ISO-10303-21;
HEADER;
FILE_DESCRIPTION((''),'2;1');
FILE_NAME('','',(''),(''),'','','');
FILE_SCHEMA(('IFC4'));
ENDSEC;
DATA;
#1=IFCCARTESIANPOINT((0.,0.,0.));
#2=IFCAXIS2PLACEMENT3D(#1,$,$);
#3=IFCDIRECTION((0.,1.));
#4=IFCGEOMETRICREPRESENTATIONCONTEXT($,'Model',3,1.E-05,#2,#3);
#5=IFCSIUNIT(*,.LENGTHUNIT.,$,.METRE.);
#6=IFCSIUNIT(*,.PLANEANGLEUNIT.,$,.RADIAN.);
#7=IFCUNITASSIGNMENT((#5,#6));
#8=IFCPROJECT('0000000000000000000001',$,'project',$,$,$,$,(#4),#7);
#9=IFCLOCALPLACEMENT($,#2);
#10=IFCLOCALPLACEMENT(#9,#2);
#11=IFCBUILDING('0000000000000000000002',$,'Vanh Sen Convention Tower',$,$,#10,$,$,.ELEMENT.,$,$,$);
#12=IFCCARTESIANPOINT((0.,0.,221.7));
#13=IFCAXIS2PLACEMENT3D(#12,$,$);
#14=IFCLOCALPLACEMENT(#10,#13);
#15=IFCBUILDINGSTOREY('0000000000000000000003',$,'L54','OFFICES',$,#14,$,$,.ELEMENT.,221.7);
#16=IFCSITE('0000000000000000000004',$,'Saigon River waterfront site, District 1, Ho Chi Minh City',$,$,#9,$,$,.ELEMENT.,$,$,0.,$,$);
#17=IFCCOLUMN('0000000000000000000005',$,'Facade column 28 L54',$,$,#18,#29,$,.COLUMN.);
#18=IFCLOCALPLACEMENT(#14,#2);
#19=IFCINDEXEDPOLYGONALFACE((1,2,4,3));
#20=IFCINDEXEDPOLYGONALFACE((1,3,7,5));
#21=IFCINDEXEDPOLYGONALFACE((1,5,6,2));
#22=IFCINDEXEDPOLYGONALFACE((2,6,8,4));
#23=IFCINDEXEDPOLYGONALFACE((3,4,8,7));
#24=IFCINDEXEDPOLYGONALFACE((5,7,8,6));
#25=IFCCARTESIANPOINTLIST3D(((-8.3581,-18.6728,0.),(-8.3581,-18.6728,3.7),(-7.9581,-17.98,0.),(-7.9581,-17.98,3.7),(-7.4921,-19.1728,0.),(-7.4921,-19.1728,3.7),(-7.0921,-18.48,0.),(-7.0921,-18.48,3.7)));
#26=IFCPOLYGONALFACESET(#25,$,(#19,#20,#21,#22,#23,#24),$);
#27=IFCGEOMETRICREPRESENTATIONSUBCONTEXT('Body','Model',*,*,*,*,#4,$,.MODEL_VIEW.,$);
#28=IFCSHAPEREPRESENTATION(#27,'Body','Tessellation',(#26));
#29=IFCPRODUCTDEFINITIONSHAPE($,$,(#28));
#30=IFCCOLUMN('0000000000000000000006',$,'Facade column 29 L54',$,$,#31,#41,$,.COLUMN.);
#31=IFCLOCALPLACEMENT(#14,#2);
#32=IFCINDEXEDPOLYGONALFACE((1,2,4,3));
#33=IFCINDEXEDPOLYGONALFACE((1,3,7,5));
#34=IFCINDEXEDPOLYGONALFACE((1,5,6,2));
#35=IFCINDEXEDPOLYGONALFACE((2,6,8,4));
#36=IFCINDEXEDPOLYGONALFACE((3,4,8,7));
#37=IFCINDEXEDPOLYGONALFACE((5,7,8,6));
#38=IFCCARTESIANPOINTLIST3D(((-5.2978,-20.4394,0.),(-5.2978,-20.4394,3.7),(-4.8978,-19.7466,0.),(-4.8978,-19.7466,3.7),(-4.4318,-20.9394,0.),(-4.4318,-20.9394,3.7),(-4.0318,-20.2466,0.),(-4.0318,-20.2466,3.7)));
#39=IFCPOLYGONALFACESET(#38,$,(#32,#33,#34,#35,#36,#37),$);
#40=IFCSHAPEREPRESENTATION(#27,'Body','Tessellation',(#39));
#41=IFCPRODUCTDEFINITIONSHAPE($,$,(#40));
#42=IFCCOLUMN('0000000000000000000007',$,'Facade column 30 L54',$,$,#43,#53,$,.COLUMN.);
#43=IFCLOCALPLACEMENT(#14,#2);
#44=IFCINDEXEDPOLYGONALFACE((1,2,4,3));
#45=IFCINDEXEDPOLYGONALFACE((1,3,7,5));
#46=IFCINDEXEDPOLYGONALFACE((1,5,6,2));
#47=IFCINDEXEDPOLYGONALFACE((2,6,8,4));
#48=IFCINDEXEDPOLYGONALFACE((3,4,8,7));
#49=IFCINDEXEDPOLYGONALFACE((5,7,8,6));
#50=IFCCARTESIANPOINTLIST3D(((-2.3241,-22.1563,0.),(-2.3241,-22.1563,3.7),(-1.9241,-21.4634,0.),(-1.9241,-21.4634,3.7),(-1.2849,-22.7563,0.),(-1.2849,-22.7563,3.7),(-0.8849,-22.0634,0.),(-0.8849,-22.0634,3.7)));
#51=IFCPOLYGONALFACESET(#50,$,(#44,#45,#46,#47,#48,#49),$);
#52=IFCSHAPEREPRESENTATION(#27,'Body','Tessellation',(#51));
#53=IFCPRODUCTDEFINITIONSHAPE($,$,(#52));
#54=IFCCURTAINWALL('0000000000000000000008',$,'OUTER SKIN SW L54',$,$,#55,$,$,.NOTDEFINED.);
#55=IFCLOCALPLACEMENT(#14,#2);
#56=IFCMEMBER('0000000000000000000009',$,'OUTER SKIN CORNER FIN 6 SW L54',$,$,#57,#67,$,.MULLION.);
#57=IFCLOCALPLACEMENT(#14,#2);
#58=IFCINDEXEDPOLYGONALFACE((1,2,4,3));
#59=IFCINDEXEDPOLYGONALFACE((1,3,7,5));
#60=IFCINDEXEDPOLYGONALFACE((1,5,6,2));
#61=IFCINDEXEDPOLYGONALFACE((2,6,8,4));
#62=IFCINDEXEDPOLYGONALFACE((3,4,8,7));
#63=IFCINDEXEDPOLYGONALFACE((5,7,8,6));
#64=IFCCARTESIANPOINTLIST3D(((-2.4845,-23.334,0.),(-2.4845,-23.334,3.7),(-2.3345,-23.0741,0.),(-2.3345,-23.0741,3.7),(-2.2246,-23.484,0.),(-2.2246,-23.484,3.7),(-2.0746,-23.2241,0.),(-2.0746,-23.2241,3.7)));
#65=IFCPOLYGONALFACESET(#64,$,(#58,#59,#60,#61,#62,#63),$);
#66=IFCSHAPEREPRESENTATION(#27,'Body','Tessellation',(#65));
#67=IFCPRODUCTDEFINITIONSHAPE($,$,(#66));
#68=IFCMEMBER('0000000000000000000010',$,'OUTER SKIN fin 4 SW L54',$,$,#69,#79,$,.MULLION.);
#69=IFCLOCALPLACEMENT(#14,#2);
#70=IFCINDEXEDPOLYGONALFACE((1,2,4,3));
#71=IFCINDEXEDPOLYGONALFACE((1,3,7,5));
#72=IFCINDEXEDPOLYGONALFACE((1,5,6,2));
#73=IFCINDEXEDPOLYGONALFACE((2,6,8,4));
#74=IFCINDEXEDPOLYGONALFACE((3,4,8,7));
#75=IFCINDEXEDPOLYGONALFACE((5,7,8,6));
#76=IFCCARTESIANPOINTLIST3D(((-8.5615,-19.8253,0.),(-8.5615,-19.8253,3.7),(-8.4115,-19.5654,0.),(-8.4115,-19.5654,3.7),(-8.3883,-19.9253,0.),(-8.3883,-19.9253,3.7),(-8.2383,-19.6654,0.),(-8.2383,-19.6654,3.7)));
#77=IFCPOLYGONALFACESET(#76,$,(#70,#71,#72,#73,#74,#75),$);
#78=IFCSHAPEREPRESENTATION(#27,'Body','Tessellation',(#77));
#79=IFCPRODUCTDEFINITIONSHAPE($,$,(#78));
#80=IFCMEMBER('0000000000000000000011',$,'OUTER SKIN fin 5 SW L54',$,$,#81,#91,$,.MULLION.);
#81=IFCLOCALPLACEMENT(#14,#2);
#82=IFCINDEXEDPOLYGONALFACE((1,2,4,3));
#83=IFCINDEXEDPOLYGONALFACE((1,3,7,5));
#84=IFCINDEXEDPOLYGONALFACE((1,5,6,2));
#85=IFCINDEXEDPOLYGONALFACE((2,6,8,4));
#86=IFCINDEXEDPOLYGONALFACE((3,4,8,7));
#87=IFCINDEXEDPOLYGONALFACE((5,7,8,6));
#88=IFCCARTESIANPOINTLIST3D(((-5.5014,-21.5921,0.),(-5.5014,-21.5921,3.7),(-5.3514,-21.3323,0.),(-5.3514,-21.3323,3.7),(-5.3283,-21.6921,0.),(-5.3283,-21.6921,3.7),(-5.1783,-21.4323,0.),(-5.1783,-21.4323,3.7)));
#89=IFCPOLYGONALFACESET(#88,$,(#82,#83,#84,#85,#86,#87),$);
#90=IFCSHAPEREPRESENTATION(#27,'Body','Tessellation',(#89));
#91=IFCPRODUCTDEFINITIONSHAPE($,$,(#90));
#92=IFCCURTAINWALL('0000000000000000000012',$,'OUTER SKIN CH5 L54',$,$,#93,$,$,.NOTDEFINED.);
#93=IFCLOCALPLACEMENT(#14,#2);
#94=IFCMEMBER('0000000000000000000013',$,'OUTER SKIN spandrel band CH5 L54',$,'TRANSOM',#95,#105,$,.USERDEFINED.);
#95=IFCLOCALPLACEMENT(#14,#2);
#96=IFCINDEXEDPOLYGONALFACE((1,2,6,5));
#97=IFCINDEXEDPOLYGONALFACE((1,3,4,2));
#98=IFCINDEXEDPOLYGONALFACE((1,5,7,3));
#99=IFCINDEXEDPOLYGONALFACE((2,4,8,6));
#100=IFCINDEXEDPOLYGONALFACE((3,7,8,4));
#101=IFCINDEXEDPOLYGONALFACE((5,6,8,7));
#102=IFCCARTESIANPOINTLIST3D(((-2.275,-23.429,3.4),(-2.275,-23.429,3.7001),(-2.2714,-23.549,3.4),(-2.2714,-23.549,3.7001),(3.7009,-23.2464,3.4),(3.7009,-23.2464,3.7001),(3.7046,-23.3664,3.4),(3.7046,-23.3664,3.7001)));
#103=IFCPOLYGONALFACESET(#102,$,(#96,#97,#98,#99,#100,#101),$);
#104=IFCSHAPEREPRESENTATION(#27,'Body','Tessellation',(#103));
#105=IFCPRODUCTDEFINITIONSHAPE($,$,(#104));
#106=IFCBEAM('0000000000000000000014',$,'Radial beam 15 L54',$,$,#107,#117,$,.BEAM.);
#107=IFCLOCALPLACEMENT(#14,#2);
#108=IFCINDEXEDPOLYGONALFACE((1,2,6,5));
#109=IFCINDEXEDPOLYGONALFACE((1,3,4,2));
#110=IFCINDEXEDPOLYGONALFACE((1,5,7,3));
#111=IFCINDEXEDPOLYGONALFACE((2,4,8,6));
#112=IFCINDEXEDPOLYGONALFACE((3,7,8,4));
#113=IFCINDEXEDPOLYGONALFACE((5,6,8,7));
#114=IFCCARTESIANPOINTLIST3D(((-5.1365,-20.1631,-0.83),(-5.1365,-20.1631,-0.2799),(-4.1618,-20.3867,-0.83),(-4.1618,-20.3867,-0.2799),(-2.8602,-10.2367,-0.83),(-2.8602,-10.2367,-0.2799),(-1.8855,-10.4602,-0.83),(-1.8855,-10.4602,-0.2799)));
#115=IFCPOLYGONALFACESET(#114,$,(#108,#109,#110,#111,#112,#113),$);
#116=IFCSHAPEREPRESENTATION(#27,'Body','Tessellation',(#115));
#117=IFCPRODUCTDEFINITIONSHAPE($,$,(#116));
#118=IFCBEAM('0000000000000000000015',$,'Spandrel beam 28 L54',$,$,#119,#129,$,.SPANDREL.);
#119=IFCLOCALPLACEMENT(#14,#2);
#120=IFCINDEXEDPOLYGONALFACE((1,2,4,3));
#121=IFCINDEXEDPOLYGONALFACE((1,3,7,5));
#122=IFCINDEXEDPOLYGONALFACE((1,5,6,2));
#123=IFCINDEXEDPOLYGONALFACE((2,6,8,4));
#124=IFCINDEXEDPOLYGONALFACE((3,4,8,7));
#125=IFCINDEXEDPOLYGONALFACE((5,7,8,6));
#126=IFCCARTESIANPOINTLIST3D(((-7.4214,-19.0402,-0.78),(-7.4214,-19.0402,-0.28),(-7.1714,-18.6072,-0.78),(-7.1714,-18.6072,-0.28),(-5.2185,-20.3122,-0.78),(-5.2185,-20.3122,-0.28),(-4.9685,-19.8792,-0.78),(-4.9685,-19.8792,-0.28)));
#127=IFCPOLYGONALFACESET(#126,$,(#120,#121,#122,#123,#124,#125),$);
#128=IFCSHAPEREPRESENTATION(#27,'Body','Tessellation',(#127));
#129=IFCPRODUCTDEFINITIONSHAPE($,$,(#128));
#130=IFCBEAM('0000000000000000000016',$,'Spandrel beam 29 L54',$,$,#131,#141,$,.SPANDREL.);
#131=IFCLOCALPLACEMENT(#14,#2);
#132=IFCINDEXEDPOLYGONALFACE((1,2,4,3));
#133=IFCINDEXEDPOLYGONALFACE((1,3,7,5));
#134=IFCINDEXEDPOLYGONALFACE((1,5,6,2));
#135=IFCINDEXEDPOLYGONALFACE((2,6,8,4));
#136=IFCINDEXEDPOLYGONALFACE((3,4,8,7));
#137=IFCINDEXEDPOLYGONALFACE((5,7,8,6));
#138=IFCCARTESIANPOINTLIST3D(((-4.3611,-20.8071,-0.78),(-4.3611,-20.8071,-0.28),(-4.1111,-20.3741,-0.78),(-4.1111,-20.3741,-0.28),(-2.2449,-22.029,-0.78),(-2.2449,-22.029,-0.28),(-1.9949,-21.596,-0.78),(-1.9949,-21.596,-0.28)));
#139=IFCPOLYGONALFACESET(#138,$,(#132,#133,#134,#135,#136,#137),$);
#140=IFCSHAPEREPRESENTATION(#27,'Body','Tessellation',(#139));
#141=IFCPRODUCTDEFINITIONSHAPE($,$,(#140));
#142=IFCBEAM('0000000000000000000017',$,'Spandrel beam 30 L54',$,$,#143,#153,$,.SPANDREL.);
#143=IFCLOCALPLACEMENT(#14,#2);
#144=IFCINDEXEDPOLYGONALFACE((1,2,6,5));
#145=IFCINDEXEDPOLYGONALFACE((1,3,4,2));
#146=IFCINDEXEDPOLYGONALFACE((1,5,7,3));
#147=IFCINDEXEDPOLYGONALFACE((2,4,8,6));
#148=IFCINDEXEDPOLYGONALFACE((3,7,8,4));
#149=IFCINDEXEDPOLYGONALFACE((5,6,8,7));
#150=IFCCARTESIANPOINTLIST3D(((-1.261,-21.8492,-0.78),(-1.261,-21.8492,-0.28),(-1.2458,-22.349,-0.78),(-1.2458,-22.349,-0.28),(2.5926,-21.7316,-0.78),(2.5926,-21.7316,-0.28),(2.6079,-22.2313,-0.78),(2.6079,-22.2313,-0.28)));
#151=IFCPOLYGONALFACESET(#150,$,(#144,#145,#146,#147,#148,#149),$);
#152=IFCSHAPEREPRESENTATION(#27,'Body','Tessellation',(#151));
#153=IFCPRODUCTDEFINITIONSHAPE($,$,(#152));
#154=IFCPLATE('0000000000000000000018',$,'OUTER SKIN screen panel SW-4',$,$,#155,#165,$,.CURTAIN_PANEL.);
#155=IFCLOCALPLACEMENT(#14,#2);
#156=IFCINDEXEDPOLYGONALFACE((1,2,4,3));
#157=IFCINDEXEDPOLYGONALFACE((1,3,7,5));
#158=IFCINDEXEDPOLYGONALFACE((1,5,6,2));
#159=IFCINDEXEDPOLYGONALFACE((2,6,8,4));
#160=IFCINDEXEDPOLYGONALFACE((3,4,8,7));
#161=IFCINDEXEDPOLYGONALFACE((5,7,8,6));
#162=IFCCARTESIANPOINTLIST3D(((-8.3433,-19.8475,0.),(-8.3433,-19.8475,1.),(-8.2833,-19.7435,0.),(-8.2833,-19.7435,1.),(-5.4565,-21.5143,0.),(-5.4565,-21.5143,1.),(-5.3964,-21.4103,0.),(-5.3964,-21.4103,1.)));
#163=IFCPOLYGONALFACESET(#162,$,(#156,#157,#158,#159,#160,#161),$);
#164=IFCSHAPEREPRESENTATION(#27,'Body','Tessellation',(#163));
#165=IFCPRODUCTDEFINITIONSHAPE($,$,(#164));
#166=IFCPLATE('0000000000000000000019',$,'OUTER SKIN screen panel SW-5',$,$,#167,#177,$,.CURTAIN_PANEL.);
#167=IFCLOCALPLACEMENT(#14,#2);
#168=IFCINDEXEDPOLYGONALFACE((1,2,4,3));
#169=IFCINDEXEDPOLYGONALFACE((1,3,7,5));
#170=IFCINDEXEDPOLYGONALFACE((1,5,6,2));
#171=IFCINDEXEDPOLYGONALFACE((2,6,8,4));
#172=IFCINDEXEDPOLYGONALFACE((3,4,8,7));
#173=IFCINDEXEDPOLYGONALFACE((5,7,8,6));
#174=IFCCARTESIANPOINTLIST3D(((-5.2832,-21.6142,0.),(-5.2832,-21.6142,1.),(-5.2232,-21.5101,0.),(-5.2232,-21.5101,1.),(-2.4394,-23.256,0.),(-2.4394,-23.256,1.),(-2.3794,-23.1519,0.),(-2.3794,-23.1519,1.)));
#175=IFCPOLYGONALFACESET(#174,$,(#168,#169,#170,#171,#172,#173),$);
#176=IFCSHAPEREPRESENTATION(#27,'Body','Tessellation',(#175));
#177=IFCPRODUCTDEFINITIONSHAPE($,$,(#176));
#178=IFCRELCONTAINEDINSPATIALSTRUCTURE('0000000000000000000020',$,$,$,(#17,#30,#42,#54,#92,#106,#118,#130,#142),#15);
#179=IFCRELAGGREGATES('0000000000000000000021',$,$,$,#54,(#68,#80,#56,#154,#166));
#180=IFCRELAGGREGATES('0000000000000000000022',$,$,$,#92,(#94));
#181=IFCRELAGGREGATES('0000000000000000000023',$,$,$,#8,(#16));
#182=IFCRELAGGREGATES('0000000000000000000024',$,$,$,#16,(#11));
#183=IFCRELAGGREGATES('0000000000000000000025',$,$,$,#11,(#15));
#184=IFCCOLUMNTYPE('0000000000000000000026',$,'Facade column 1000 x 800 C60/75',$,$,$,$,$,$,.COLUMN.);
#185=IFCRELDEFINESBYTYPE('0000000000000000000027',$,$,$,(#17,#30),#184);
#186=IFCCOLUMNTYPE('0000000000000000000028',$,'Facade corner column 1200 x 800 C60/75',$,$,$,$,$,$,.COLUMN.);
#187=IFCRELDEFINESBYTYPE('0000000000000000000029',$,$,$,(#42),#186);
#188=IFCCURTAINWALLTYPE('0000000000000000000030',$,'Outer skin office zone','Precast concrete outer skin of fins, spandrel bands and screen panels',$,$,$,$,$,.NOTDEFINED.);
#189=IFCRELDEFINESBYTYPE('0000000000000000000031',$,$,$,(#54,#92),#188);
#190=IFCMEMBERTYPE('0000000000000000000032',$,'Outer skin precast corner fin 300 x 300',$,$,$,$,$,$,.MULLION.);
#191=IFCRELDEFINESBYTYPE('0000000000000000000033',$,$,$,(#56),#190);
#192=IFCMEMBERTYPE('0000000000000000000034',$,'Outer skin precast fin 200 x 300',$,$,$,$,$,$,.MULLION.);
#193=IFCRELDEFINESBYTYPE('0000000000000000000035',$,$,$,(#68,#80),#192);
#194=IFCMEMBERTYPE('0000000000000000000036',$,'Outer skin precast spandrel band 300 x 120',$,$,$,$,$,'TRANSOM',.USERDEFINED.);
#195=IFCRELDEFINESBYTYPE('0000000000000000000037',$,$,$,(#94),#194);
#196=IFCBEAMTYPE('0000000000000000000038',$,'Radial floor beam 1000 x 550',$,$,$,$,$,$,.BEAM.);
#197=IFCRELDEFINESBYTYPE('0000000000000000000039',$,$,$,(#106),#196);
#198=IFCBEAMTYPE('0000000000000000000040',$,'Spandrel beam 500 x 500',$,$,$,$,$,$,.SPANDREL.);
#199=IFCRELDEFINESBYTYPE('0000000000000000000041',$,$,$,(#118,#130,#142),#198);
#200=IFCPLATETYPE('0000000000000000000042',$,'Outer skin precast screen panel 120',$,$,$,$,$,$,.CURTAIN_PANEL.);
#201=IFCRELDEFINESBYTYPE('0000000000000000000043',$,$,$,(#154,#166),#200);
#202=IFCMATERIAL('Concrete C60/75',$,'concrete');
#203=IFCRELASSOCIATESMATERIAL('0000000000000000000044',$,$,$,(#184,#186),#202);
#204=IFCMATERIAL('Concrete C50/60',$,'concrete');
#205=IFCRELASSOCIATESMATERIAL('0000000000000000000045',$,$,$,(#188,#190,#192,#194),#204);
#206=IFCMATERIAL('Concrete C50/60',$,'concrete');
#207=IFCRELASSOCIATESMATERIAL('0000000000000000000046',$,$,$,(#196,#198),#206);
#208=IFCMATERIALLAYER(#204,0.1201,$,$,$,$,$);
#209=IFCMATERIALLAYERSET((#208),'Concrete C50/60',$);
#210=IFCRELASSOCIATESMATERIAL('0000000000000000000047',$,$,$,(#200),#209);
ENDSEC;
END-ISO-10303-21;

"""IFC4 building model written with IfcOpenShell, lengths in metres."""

from ifc_helpers import new_model, si_unit, direction, frame, origin, origin_2d, place, context, subcontext, project, spatial, rectangle, extrude, material, layer, layer_set, material_profile, profile_set, type_object, element, aggregate, save


model = new_model("IFC4")

# Units and contexts
model_context = context("Model", 3, precision=1e-05, world=origin(), true_north=direction((0.0, 1.0)))
body_context = subcontext(model_context, "Body", "Model", "MODEL_VIEW")
ifc_project = project(units=[si_unit("LENGTHUNIT", "METRE"), si_unit("PLANEANGLEUNIT", "RADIAN")], contexts=[model_context])

# Site, building, storey
site_placement = place(None, origin())
site = spatial("IfcSite", under=ifc_project, at=site_placement, Name="Saigon River waterfront site, District 1, Ho Chi Minh City", CompositionType="ELEMENT", RefElevation=0.0)
building_placement = place(site_placement, origin())
building = spatial("IfcBuilding", under=site, at=building_placement, Name="Vanh Sen Convention Tower", CompositionType="ELEMENT")
storey_placement = place(building_placement, frame((0.0, 0.0, 221.7)))
storey = spatial("IfcBuildingStorey", under=building, at=storey_placement, Name="L54", Description="OFFICES", CompositionType="ELEMENT", Elevation=221.7)

# Columns
ifc_material_1 = material(Name="Concrete C60/75", Category="concrete")
ifc_material_profile_1 = material_profile(ifc_material_1, rectangle(XDim=1.0, YDim=0.8, at=origin_2d()), Name="RC 1000X800")
ifc_profile_set_1 = profile_set([ifc_material_profile_1], Name="Concrete C60/75")
column_type_1 = type_object("IfcColumnType", Name="Facade column 1000 x 800 C60/75", PredefinedType="COLUMN", material=ifc_profile_set_1)
for number, where, z_axis, x_axis, name in (
    (1, (-7.7251, -18.5764, 0.0), (0.0, 0.0, 1.0), (0.866025, -0.5, 0.0), "Facade column 28 L54"),
    (2, (-4.6648, -20.343, 0.0), (0.0, 0.0, 1.0), (0.866025, -0.5, 0.0), "Facade column 29 L54"),
):
    element("IfcColumn", number, at=place(storey_placement, frame(where, z_axis=z_axis, x_axis=x_axis)), inside=storey, type_object=column_type_1, Name=name, PredefinedType="COLUMN", context=body_context, shape_type="SweptSolid", body=[
        extrude(rectangle(XDim=1.0, YDim=0.8, at=origin_2d()), origin(), (0.0, 0.0, 1.0), 3.7),
    ])
ifc_material_profile_2 = material_profile(ifc_material_1, rectangle(XDim=1.2, YDim=0.8, at=origin_2d()), Name="RC 1200X800")
ifc_profile_set_2 = profile_set([ifc_material_profile_2], Name="Concrete C60/75")
column_type_2 = type_object("IfcColumnType", Name="Facade corner column 1200 x 800 C60/75", PredefinedType="COLUMN", material=ifc_profile_set_2)
column_placement = place(storey_placement, frame((-1.6045, -22.1099, 0.0), z_axis=(0.0, 0.0, 1.0), x_axis=(0.866025, -0.5, 0.0)))
element("IfcColumn", 3, at=column_placement, inside=storey, type_object=column_type_2, Name="Facade column 30 L54", PredefinedType="COLUMN", context=body_context, shape_type="SweptSolid", body=[
    extrude(rectangle(XDim=1.2, YDim=0.8, at=origin_2d()), origin(), (0.0, 0.0, 1.0), 3.7),
])

# Curtain wall, members
ifc_material_2 = material(Name="Concrete C50/60", Category="concrete")
curtain_wall_type = type_object("IfcCurtainWallType", Name="Outer skin office zone", Description="Precast concrete outer skin of fins, spandrel bands and screen panels", PredefinedType="NOTDEFINED", material=ifc_material_2)
curtain_wall_1_placement = place(storey_placement, origin())
curtain_wall_1 = element("IfcCurtainWall", 4, at=curtain_wall_1_placement, inside=storey, type_object=curtain_wall_type, Name="OUTER SKIN SW L54", PredefinedType="NOTDEFINED")
ifc_material_profile_3 = material_profile(ifc_material_2, rectangle(XDim=0.3, YDim=0.3, at=origin_2d()), Name="Outer skin precast corner fin 300 x 300")
ifc_profile_set_3 = profile_set([ifc_material_profile_3], Name="Concrete C50/60")
member_type_1 = type_object("IfcMemberType", Name="Outer skin precast corner fin 300 x 300", PredefinedType="MULLION", material=ifc_profile_set_3)
member_1_placement = place(storey_placement, frame((-2.2795, -23.2791, 0.0), z_axis=(0.0, 0.0, 1.0), x_axis=(0.866025, -0.5, 0.0)))
member_1 = element("IfcMember", 5, at=member_1_placement, type_object=member_type_1, Name="OUTER SKIN CORNER FIN 6 SW L54", PredefinedType="MULLION", context=body_context, shape_type="SweptSolid", body=[
    extrude(rectangle(XDim=0.3, YDim=0.3, at=origin_2d()), origin(), (0.0, 0.0, 1.0), 3.7),
])
ifc_material_profile_4 = material_profile(ifc_material_2, rectangle(XDim=0.2, YDim=0.3, at=origin_2d()), Name="Outer skin precast fin 200 x 300")
ifc_profile_set_4 = profile_set([ifc_material_profile_4], Name="Concrete C50/60")
member_type_2 = type_object("IfcMemberType", Name="Outer skin precast fin 200 x 300", PredefinedType="MULLION", material=ifc_profile_set_4)
member_2_placement = place(storey_placement, frame((-8.3999, -19.7454, 0.0), z_axis=(0.0, 0.0, 1.0), x_axis=(0.866025, -0.5, 0.0)))
member_2 = element("IfcMember", 6, at=member_2_placement, type_object=member_type_2, Name="OUTER SKIN fin 4 SW L54", PredefinedType="MULLION", context=body_context, shape_type="SweptSolid", body=[
    extrude(rectangle(XDim=0.2, YDim=0.3, at=origin_2d()), origin(), (0.0, 0.0, 1.0), 3.7),
])
member_3_placement = place(storey_placement, frame((-5.3398, -21.5122, 0.0), z_axis=(0.0, 0.0, 1.0), x_axis=(0.866025, -0.5, 0.0)))
member_3 = element("IfcMember", 7, at=member_3_placement, type_object=member_type_2, Name="OUTER SKIN fin 5 SW L54", PredefinedType="MULLION", context=body_context, shape_type="SweptSolid", body=[
    extrude(rectangle(XDim=0.2, YDim=0.3, at=origin_2d()), origin(), (0.0, 0.0, 1.0), 3.7),
])

# Curtain wall, member
curtain_wall_2_placement = place(storey_placement, origin())
curtain_wall_2 = element("IfcCurtainWall", 8, at=curtain_wall_2_placement, inside=storey, type_object=curtain_wall_type, Name="OUTER SKIN CH5 L54", PredefinedType="NOTDEFINED")
ifc_material_profile_5 = material_profile(ifc_material_2, rectangle(XDim=0.1201, YDim=0.3, at=origin_2d()), Name="Outer skin precast spandrel band 300 x 120")
ifc_profile_set_5 = profile_set([ifc_material_profile_5], Name="Concrete C50/60")
member_type_3 = type_object("IfcMemberType", Name="Outer skin precast spandrel band 300 x 120", ElementType="TRANSOM", PredefinedType="USERDEFINED", material=ifc_profile_set_5)
member_4_placement = place(storey_placement, frame((-2.2732, -23.489, 3.55), z_axis=(0.999533, 0.030544, 0.0), x_axis=(-0.030544, 0.999533, 0.0)))
member_4 = element("IfcMember", 9, at=member_4_placement, type_object=member_type_3, Name="OUTER SKIN spandrel band CH5 L54", ObjectType="TRANSOM", PredefinedType="USERDEFINED", context=body_context, shape_type="SweptSolid", body=[
    extrude(rectangle(XDim=0.1201, YDim=0.3, at=origin_2d()), origin(), (0.0, 0.0, 1.0), 5.9788),
])

# Beams
ifc_material_3 = material(Name="Concrete C50/60", Category="concrete")
ifc_material_profile_6 = material_profile(ifc_material_3, rectangle(XDim=1.0, YDim=0.55, at=origin_2d()), Name="RC 1000X550")
ifc_profile_set_6 = profile_set([ifc_material_profile_6], Name="Concrete C50/60")
beam_type_1 = type_object("IfcBeamType", Name="Radial floor beam 1000 x 550", PredefinedType="BEAM", material=ifc_profile_set_6)
beam_1_placement = place(storey_placement, frame((-4.6492, -20.2749, -0.5549), z_axis=(0.22352, 0.974699, 0.0), x_axis=(-0.974699, 0.22352, 0.0)))
element("IfcBeam", 10, at=beam_1_placement, inside=storey, type_object=beam_type_1, Name="Radial beam 15 L54", PredefinedType="BEAM", context=body_context, shape_type="SweptSolid", body=[
    extrude(rectangle(XDim=1.0, YDim=0.55, at=origin_2d()), origin(), (0.0, 0.0, 1.0), 10.1841),
])
ifc_material_profile_7 = material_profile(ifc_material_3, rectangle(XDim=0.5, YDim=0.5, at=origin_2d()), Name="RC 500X500")
ifc_profile_set_7 = profile_set([ifc_material_profile_7], Name="Concrete C50/60")
beam_type_2 = type_object("IfcBeamType", Name="Spandrel beam 500 x 500", PredefinedType="SPANDREL", material=ifc_profile_set_7)
beam_2_placement = place(storey_placement, frame((-7.2964, -18.8237, -0.53), z_axis=(0.866002, -0.500041, 0.0), x_axis=(0.500041, 0.866002, 0.0)))
element("IfcBeam", 11, at=beam_2_placement, inside=storey, type_object=beam_type_2, Name="Spandrel beam 28 L54", PredefinedType="SPANDREL", context=body_context, shape_type="SweptSolid", body=[
    extrude(rectangle(XDim=0.5, YDim=0.5, at=origin_2d()), origin(), (0.0, 0.0, 1.0), 2.5437),
])
beam_3_placement = place(storey_placement, frame((-4.2361, -20.5906, -0.53), z_axis=(0.866003, -0.50004, 0.0), x_axis=(0.50004, 0.866003, 0.0)))
element("IfcBeam", 12, at=beam_3_placement, inside=storey, type_object=beam_type_2, Name="Spandrel beam 29 L54", PredefinedType="SPANDREL", context=body_context, shape_type="SweptSolid", body=[
    extrude(rectangle(XDim=0.5, YDim=0.5, at=origin_2d()), origin(), (0.0, 0.0, 1.0), 2.4436),
])
beam_4_placement = place(storey_placement, frame((-1.2534, -22.0991, -0.53), z_axis=(0.999534, 0.030521, 0.0), x_axis=(-0.030521, 0.999534, 0.0)))
element("IfcBeam", 13, at=beam_4_placement, inside=storey, type_object=beam_type_2, Name="Spandrel beam 30 L54", PredefinedType="SPANDREL", context=body_context, shape_type="SweptSolid", body=[
    extrude(rectangle(XDim=0.5, YDim=0.5, at=origin_2d()), origin(), (0.0, 0.0, 1.0), 3.8555),
])

# Plates
ifc_layer_1 = layer(ifc_material_2, 0.1201)
ifc_layer_set_1 = layer_set([ifc_layer_1], Name="Concrete C50/60")
plate_type = type_object("IfcPlateType", Name="Outer skin precast screen panel 120", PredefinedType="CURTAIN_PANEL", material=ifc_layer_set_1)
plate_1_placement = place(storey_placement, frame((-6.8699, -20.6289, 0.0), z_axis=(0.0, 0.0, 1.0), x_axis=(0.866026, -0.499998, 0.0)))
plate_1 = element("IfcPlate", 14, at=plate_1_placement, type_object=plate_type, Name="OUTER SKIN screen panel SW-4", PredefinedType="CURTAIN_PANEL", context=body_context, shape_type="SweptSolid", body=[
    extrude(rectangle(XDim=3.3335, YDim=0.1201, at=origin_2d()), origin(), (0.0, 0.0, 1.0), 1.0),
])
plate_2_placement = place(storey_placement, frame((-3.8313, -22.3831, 0.0), z_axis=(0.0, 0.0, 1.0), x_axis=(0.866033, -0.499986, 0.0)))
plate_2 = element("IfcPlate", 15, at=plate_2_placement, type_object=plate_type, Name="OUTER SKIN screen panel SW-5", PredefinedType="CURTAIN_PANEL", context=body_context, shape_type="SweptSolid", body=[
    extrude(rectangle(XDim=3.2837, YDim=0.1201, at=origin_2d()), origin(), (0.0, 0.0, 1.0), 1.0),
])
aggregate(curtain_wall_1, [member_2, member_3, member_1, plate_1, plate_2])
aggregate(curtain_wall_2, [member_4])

save(model, "model.ifc")
